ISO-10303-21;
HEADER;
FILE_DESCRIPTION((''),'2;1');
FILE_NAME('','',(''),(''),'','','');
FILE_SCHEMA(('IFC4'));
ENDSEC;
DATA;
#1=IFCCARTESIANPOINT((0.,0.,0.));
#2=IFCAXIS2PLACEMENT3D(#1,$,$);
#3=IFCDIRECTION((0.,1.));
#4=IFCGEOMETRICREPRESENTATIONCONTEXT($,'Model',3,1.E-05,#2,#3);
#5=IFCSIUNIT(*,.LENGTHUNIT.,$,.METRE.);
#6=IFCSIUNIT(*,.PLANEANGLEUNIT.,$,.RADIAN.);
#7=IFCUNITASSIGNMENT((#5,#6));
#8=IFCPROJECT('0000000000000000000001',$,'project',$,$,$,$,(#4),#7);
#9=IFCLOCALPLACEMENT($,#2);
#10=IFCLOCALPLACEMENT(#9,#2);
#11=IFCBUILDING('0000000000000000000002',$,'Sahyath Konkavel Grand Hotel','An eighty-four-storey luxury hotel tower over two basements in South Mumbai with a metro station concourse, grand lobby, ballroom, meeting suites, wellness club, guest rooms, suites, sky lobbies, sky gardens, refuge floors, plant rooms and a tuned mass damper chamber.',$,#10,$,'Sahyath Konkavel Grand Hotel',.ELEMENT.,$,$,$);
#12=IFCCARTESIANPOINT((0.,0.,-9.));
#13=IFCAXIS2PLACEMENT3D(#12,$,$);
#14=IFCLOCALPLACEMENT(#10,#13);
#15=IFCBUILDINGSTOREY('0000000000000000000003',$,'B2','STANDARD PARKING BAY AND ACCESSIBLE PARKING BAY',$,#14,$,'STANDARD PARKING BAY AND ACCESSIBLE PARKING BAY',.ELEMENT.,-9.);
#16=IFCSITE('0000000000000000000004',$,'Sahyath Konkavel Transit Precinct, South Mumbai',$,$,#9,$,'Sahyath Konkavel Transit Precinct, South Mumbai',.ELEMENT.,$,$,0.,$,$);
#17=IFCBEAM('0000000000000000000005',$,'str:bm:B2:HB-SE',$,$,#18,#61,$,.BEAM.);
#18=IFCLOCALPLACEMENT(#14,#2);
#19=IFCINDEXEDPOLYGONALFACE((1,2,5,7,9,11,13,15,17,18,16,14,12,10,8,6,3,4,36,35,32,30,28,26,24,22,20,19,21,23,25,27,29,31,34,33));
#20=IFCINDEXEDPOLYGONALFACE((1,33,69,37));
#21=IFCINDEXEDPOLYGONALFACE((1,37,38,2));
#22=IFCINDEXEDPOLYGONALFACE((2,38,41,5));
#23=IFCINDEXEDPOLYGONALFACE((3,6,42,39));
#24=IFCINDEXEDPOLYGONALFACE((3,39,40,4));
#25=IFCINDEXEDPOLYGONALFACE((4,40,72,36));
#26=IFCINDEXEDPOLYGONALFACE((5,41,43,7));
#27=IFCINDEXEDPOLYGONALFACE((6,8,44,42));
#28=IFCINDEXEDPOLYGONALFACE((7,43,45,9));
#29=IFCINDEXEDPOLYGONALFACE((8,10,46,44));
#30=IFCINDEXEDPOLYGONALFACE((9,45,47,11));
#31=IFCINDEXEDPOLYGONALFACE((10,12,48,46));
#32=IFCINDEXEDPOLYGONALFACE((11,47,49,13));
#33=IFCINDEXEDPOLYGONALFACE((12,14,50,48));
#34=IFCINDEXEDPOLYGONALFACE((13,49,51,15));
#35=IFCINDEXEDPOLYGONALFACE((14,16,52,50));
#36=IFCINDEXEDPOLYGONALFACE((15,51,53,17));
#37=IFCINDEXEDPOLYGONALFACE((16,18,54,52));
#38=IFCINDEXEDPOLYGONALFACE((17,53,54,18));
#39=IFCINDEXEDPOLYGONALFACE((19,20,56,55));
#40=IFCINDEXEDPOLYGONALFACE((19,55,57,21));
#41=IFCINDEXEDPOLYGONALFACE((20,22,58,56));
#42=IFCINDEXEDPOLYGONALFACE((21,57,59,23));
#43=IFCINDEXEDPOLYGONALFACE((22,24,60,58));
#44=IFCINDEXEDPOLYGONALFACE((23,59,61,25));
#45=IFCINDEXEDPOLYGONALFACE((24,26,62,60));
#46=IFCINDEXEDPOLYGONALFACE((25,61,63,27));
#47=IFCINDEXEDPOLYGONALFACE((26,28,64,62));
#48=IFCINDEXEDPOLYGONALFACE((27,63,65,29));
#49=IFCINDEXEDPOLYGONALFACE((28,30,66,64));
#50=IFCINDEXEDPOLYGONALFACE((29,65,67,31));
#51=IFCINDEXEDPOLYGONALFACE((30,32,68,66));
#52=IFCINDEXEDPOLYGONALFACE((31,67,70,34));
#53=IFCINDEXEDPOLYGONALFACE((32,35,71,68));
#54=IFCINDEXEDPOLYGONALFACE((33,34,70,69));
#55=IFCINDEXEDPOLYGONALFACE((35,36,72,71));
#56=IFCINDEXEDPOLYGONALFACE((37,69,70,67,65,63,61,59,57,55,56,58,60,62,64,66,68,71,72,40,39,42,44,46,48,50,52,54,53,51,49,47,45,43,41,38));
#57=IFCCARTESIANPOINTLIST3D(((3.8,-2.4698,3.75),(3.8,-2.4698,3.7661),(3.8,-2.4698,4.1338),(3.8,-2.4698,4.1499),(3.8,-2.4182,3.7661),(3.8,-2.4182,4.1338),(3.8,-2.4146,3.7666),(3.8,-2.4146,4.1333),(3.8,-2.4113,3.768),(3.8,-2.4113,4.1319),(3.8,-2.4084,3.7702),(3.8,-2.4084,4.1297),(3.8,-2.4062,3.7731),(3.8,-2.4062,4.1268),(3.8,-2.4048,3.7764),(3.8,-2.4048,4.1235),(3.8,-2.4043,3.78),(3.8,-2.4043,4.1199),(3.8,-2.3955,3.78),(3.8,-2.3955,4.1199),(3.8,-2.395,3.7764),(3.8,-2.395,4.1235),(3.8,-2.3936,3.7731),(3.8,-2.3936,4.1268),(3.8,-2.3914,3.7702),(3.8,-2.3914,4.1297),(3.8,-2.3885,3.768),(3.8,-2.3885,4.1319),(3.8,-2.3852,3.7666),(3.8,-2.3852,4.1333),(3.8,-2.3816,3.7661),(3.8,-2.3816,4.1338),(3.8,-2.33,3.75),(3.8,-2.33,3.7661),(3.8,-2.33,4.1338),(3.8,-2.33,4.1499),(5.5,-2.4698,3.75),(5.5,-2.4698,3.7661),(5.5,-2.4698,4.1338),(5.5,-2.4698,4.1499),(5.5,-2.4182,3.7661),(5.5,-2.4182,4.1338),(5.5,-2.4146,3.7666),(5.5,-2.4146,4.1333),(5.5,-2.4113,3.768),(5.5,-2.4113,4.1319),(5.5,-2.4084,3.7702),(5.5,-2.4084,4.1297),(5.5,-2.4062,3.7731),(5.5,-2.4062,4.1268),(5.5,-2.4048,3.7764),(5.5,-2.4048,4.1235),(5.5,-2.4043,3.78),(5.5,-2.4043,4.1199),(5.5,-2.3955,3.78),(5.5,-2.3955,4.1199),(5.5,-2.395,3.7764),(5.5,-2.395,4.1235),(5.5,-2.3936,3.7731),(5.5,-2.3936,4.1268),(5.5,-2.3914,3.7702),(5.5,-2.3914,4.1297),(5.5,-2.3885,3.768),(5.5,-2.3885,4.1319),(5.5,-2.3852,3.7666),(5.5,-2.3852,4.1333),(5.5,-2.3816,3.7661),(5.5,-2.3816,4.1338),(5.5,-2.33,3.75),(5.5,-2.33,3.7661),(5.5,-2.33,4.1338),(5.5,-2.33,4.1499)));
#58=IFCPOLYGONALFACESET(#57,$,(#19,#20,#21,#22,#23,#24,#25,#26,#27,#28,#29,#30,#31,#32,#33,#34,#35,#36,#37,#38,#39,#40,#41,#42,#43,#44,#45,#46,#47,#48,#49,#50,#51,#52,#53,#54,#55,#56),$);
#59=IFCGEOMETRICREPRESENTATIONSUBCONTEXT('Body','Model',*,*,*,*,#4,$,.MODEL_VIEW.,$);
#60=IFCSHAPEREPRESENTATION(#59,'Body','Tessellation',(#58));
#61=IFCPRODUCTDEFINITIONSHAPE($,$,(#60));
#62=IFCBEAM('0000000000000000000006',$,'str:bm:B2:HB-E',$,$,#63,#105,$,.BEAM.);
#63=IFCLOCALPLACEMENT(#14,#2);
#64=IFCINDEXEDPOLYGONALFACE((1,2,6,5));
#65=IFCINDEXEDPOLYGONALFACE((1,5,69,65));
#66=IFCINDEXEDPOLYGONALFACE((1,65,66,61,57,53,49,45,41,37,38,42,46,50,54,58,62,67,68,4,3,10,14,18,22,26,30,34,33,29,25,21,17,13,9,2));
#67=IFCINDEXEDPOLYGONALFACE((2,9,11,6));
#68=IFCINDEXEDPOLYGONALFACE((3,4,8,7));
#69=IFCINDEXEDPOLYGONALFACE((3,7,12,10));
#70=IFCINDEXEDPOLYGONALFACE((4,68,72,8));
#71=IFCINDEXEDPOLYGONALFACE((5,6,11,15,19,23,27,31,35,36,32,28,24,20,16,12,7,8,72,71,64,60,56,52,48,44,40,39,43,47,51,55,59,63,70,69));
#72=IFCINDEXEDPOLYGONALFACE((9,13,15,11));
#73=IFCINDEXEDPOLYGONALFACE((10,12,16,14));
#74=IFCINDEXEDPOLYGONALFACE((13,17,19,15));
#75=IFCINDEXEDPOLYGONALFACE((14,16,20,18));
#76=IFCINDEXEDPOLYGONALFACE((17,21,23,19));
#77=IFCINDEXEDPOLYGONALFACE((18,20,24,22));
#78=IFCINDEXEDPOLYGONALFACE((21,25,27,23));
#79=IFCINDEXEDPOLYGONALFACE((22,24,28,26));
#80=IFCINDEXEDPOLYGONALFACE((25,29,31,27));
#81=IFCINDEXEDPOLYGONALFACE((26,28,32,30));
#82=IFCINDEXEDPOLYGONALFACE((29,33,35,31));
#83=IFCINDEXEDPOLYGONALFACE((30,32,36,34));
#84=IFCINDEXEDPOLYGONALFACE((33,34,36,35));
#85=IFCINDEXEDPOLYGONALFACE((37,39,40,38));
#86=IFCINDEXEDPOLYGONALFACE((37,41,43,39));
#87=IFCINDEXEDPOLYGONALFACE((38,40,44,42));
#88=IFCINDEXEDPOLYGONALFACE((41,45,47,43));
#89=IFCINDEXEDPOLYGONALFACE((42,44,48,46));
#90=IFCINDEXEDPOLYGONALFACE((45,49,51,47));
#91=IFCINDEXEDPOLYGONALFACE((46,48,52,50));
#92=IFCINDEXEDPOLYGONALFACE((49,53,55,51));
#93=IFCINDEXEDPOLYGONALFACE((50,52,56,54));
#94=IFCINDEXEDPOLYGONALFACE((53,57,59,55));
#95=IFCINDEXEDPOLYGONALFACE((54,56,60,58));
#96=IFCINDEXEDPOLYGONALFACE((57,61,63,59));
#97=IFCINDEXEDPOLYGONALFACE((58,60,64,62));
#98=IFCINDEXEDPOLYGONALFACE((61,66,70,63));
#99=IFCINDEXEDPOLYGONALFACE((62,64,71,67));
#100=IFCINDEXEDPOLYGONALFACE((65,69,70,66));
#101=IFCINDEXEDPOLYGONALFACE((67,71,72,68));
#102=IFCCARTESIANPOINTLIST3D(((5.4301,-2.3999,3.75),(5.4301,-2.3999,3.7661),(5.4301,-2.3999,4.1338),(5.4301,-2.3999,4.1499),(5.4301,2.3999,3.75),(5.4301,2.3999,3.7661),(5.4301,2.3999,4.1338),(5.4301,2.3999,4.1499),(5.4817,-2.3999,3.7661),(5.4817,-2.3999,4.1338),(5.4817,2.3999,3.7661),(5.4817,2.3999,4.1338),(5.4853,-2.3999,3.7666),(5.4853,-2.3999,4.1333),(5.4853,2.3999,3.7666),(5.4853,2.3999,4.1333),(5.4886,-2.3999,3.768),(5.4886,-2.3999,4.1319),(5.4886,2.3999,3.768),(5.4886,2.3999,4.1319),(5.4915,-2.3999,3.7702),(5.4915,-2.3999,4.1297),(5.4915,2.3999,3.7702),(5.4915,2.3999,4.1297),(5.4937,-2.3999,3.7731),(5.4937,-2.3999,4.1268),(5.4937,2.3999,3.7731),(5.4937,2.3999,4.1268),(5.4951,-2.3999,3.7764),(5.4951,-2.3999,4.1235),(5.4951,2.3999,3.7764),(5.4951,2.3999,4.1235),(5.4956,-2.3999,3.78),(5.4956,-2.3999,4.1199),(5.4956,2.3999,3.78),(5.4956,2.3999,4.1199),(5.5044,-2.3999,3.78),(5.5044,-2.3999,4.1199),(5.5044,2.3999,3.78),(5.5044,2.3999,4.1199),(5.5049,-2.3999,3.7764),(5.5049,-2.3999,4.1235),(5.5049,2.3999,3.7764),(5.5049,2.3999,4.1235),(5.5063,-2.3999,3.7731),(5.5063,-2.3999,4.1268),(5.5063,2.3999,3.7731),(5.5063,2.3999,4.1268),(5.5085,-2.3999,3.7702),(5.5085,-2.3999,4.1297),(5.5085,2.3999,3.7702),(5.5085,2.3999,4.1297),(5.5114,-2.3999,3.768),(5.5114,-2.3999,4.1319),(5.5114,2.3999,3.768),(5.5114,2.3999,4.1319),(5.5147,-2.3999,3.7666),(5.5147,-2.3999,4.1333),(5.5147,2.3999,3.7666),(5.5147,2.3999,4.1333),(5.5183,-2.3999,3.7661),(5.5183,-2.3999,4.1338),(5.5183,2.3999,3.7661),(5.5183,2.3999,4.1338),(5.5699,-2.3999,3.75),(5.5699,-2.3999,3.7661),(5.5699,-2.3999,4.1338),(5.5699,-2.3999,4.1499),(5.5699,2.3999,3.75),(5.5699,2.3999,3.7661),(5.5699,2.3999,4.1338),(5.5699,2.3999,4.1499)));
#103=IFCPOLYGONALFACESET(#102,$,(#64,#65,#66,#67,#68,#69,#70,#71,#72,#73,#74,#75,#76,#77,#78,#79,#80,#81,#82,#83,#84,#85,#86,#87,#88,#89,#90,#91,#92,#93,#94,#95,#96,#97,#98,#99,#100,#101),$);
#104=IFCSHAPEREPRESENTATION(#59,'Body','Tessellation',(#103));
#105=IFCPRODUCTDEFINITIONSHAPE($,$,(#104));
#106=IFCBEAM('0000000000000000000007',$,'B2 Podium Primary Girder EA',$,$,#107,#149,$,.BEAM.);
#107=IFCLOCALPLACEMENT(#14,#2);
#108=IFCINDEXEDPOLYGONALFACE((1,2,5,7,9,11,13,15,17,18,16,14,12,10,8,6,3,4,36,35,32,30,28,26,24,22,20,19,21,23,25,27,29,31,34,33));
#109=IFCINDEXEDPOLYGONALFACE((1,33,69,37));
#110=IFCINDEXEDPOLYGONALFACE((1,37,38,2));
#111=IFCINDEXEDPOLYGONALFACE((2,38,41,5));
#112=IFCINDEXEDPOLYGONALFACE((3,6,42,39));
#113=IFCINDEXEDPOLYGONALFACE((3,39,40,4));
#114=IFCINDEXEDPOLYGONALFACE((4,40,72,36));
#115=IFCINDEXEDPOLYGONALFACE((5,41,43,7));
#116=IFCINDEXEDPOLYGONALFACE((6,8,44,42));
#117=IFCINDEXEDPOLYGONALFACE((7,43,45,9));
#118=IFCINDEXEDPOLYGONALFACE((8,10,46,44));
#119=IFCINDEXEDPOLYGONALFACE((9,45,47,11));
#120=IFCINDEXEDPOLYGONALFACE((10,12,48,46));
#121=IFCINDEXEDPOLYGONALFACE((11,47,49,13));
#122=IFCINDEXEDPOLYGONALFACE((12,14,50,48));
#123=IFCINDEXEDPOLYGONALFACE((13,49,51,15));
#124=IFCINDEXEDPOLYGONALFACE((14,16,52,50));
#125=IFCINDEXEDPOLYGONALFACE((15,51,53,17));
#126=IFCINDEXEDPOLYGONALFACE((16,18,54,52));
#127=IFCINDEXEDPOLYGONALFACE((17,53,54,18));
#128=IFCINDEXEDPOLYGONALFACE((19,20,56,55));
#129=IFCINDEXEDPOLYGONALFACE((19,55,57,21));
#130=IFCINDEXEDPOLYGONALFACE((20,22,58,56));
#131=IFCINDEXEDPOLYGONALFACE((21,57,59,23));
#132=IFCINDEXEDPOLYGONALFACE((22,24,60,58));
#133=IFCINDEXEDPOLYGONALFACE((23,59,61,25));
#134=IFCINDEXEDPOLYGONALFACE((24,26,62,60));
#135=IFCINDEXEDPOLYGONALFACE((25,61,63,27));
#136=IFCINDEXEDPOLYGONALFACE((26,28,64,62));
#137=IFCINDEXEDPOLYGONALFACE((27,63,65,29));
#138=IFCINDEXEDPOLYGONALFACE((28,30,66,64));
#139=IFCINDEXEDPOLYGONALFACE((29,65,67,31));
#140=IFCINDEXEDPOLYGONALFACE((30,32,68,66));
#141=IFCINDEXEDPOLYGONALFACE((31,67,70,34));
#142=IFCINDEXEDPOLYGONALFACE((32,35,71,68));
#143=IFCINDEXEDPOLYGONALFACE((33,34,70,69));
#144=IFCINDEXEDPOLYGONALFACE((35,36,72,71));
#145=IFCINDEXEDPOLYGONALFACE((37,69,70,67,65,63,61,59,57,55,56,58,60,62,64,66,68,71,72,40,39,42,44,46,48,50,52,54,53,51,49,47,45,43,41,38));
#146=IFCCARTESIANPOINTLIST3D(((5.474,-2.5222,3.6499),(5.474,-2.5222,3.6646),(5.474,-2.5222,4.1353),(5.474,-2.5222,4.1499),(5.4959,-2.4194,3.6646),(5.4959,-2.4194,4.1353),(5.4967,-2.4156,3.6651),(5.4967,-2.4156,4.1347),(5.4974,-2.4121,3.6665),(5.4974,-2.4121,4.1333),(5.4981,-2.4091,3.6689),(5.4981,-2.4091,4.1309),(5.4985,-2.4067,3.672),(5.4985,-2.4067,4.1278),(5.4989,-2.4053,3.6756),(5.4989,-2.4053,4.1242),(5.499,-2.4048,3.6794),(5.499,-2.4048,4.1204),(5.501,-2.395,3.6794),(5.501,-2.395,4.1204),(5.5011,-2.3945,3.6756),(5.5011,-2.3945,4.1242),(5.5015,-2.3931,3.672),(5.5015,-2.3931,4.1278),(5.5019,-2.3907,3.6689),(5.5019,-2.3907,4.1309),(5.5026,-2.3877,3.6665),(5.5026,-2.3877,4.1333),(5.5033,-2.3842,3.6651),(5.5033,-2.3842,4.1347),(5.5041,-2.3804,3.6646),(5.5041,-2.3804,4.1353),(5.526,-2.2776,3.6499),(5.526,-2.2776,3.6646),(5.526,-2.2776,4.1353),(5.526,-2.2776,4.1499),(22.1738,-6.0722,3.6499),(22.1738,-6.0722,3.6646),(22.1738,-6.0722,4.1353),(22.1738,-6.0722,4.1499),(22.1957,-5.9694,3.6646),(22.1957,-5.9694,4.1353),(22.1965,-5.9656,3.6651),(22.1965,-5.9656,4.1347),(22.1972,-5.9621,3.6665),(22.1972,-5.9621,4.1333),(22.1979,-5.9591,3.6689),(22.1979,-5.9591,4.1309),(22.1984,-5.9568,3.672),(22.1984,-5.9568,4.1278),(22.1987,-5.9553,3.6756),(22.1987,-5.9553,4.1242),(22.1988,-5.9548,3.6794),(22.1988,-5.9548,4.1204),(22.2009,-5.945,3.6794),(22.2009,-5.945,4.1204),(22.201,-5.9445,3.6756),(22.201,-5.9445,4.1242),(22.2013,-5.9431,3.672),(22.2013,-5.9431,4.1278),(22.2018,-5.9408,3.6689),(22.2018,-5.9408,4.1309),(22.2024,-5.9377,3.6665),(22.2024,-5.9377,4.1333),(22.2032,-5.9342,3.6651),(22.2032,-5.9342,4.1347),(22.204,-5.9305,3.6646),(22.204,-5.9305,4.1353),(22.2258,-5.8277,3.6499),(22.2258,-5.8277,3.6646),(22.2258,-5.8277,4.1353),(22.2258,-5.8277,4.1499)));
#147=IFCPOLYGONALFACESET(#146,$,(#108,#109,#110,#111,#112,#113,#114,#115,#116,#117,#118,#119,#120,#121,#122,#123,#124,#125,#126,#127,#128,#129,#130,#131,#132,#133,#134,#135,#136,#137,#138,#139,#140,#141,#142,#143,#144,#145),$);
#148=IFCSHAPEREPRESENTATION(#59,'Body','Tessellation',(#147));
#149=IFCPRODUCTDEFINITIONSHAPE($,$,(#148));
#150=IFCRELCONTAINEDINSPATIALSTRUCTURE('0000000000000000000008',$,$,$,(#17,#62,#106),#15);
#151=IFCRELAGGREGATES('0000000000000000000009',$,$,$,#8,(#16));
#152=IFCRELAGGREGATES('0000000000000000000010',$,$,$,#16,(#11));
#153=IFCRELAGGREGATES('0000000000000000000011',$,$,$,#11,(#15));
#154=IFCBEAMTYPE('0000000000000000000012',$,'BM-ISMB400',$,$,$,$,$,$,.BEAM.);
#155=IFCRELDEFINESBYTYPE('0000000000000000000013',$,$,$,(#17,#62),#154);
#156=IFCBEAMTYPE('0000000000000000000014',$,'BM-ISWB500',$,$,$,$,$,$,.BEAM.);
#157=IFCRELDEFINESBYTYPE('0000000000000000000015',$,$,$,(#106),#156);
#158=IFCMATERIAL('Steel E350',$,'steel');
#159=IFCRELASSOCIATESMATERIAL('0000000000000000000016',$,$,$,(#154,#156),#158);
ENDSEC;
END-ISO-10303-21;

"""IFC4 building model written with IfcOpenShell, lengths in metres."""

from ifc_helpers import new_model, si_unit, direction, frame, origin, origin_2d, place, context, subcontext, project, spatial, i_section, extrude, source, transform, mapped, material, material_profile, profile_set, type_object, element, save


model = new_model("IFC4")

# Units and contexts
model_context = context("Model", 3, precision=1e-05, world=origin(), true_north=direction((0.0, 1.0)))
body_context = subcontext(model_context, "Body", "Model", "MODEL_VIEW")
ifc_project = project(units=[si_unit("LENGTHUNIT", "METRE"), si_unit("PLANEANGLEUNIT", "RADIAN")], contexts=[model_context])

# Site, building, storey
site_placement = place(None, origin())
site = spatial("IfcSite", under=ifc_project, at=site_placement, Name="Sahyath Konkavel Transit Precinct, South Mumbai", LongName="Sahyath Konkavel Transit Precinct, South Mumbai", CompositionType="ELEMENT", RefElevation=0.0)
building_placement = place(site_placement, origin())
building = spatial("IfcBuilding", under=site, at=building_placement, Name="Sahyath Konkavel Grand Hotel", Description="An eighty-four-storey luxury hotel tower over two basements in South Mumbai with a metro station concourse, grand lobby, ballroom, meeting suites, wellness club, guest rooms, suites, sky lobbies, sky gardens, refuge floors, plant rooms and a tuned mass damper chamber.", LongName="Sahyath Konkavel Grand Hotel", CompositionType="ELEMENT")
storey_placement = place(building_placement, frame((0.0, 0.0, -9.0)))
storey = spatial("IfcBuildingStorey", under=building, at=storey_placement, Name="B2", Description="STANDARD PARKING BAY AND ACCESSIBLE PARKING BAY", LongName="STANDARD PARKING BAY AND ACCESSIBLE PARKING BAY", CompositionType="ELEMENT", Elevation=-9.0)

# Beams
ifc_material_1 = material(Name="Steel E350", Category="steel")
ifc_material_profile_1 = material_profile(ifc_material_1, i_section(OverallWidth=0.1399, OverallDepth=0.3999, WebThickness=0.0088, FlangeThickness=0.0161, FilletRadius=0.0139, at=origin_2d()), Name="ISMB 400")
ifc_profile_set_1 = profile_set([ifc_material_profile_1], Name="Steel E350")
beam_type_1 = type_object("IfcBeamType", Name="BM-ISMB400", PredefinedType="BEAM", material=ifc_profile_set_1)
shared_shape_1 = source(origin(), body_context, "Body", "SweptSolid", [
    extrude(i_section(OverallWidth=0.1399, OverallDepth=0.3999, WebThickness=0.0088, FlangeThickness=0.0161, FilletRadius=0.0139, at=origin_2d()), origin(), (0.0, 0.0, 1.0), 1.7),
])
beam_1_placement = place(storey_placement, frame((3.8, -2.3999, 3.95), z_axis=(1.0, 0.0, 0.0), x_axis=(0.0, 1.0, 0.0)))
element("IfcBeam", 1, at=beam_1_placement, inside=storey, type_object=beam_type_1, Name="str:bm:B2:HB-SE", PredefinedType="BEAM", context=body_context, shape_type="MappedRepresentation", body=[
    mapped(shared_shape_1, transform((0.0, 0.0, 0.0), scale=1.0)),
])
shared_shape_2 = source(origin(), body_context, "Body", "SweptSolid", [
    extrude(i_section(OverallWidth=0.1399, OverallDepth=0.3999, WebThickness=0.0088, FlangeThickness=0.0161, FilletRadius=0.0139, at=origin_2d()), origin(), (0.0, 0.0, 1.0), 4.7998),
])
beam_2_placement = place(storey_placement, frame((5.5, -2.3999, 3.95), z_axis=(0.0, 1.0, 0.0), x_axis=(-1.0, 0.0, 0.0)))
element("IfcBeam", 2, at=beam_2_placement, inside=storey, type_object=beam_type_1, Name="str:bm:B2:HB-E", PredefinedType="BEAM", context=body_context, shape_type="MappedRepresentation", body=[
    mapped(shared_shape_2, transform((0.0, 0.0, 0.0), scale=1.0)),
])
ifc_material_profile_2 = material_profile(ifc_material_1, i_section(OverallWidth=0.25, OverallDepth=0.5, WebThickness=0.01, FlangeThickness=0.0146, FilletRadius=0.0149, at=origin_2d()), Name="ISWB 500")
ifc_profile_set_2 = profile_set([ifc_material_profile_2], Name="Steel E350")
beam_type_2 = type_object("IfcBeamType", Name="BM-ISWB500", PredefinedType="BEAM", material=ifc_profile_set_2)
shared_shape_3 = source(origin(), body_context, "Body", "SweptSolid", [
    extrude(i_section(OverallWidth=0.25, OverallDepth=0.5, WebThickness=0.01, FlangeThickness=0.0146, FilletRadius=0.0149, at=origin_2d()), origin(), (0.0, 0.0, 1.0), 17.073),
])
beam_3_placement = place(storey_placement, frame((5.5, -2.3999, 3.8999), z_axis=(0.978143, -0.207932, 0.0), x_axis=(0.207932, 0.978143, 0.0)))
element("IfcBeam", 3, at=beam_3_placement, inside=storey, type_object=beam_type_2, Name="B2 Podium Primary Girder EA", PredefinedType="BEAM", context=body_context, shape_type="MappedRepresentation", body=[
    mapped(shared_shape_3, transform((0.0, 0.0, 0.0), scale=1.0)),
])

save(model, "model.ifc")
